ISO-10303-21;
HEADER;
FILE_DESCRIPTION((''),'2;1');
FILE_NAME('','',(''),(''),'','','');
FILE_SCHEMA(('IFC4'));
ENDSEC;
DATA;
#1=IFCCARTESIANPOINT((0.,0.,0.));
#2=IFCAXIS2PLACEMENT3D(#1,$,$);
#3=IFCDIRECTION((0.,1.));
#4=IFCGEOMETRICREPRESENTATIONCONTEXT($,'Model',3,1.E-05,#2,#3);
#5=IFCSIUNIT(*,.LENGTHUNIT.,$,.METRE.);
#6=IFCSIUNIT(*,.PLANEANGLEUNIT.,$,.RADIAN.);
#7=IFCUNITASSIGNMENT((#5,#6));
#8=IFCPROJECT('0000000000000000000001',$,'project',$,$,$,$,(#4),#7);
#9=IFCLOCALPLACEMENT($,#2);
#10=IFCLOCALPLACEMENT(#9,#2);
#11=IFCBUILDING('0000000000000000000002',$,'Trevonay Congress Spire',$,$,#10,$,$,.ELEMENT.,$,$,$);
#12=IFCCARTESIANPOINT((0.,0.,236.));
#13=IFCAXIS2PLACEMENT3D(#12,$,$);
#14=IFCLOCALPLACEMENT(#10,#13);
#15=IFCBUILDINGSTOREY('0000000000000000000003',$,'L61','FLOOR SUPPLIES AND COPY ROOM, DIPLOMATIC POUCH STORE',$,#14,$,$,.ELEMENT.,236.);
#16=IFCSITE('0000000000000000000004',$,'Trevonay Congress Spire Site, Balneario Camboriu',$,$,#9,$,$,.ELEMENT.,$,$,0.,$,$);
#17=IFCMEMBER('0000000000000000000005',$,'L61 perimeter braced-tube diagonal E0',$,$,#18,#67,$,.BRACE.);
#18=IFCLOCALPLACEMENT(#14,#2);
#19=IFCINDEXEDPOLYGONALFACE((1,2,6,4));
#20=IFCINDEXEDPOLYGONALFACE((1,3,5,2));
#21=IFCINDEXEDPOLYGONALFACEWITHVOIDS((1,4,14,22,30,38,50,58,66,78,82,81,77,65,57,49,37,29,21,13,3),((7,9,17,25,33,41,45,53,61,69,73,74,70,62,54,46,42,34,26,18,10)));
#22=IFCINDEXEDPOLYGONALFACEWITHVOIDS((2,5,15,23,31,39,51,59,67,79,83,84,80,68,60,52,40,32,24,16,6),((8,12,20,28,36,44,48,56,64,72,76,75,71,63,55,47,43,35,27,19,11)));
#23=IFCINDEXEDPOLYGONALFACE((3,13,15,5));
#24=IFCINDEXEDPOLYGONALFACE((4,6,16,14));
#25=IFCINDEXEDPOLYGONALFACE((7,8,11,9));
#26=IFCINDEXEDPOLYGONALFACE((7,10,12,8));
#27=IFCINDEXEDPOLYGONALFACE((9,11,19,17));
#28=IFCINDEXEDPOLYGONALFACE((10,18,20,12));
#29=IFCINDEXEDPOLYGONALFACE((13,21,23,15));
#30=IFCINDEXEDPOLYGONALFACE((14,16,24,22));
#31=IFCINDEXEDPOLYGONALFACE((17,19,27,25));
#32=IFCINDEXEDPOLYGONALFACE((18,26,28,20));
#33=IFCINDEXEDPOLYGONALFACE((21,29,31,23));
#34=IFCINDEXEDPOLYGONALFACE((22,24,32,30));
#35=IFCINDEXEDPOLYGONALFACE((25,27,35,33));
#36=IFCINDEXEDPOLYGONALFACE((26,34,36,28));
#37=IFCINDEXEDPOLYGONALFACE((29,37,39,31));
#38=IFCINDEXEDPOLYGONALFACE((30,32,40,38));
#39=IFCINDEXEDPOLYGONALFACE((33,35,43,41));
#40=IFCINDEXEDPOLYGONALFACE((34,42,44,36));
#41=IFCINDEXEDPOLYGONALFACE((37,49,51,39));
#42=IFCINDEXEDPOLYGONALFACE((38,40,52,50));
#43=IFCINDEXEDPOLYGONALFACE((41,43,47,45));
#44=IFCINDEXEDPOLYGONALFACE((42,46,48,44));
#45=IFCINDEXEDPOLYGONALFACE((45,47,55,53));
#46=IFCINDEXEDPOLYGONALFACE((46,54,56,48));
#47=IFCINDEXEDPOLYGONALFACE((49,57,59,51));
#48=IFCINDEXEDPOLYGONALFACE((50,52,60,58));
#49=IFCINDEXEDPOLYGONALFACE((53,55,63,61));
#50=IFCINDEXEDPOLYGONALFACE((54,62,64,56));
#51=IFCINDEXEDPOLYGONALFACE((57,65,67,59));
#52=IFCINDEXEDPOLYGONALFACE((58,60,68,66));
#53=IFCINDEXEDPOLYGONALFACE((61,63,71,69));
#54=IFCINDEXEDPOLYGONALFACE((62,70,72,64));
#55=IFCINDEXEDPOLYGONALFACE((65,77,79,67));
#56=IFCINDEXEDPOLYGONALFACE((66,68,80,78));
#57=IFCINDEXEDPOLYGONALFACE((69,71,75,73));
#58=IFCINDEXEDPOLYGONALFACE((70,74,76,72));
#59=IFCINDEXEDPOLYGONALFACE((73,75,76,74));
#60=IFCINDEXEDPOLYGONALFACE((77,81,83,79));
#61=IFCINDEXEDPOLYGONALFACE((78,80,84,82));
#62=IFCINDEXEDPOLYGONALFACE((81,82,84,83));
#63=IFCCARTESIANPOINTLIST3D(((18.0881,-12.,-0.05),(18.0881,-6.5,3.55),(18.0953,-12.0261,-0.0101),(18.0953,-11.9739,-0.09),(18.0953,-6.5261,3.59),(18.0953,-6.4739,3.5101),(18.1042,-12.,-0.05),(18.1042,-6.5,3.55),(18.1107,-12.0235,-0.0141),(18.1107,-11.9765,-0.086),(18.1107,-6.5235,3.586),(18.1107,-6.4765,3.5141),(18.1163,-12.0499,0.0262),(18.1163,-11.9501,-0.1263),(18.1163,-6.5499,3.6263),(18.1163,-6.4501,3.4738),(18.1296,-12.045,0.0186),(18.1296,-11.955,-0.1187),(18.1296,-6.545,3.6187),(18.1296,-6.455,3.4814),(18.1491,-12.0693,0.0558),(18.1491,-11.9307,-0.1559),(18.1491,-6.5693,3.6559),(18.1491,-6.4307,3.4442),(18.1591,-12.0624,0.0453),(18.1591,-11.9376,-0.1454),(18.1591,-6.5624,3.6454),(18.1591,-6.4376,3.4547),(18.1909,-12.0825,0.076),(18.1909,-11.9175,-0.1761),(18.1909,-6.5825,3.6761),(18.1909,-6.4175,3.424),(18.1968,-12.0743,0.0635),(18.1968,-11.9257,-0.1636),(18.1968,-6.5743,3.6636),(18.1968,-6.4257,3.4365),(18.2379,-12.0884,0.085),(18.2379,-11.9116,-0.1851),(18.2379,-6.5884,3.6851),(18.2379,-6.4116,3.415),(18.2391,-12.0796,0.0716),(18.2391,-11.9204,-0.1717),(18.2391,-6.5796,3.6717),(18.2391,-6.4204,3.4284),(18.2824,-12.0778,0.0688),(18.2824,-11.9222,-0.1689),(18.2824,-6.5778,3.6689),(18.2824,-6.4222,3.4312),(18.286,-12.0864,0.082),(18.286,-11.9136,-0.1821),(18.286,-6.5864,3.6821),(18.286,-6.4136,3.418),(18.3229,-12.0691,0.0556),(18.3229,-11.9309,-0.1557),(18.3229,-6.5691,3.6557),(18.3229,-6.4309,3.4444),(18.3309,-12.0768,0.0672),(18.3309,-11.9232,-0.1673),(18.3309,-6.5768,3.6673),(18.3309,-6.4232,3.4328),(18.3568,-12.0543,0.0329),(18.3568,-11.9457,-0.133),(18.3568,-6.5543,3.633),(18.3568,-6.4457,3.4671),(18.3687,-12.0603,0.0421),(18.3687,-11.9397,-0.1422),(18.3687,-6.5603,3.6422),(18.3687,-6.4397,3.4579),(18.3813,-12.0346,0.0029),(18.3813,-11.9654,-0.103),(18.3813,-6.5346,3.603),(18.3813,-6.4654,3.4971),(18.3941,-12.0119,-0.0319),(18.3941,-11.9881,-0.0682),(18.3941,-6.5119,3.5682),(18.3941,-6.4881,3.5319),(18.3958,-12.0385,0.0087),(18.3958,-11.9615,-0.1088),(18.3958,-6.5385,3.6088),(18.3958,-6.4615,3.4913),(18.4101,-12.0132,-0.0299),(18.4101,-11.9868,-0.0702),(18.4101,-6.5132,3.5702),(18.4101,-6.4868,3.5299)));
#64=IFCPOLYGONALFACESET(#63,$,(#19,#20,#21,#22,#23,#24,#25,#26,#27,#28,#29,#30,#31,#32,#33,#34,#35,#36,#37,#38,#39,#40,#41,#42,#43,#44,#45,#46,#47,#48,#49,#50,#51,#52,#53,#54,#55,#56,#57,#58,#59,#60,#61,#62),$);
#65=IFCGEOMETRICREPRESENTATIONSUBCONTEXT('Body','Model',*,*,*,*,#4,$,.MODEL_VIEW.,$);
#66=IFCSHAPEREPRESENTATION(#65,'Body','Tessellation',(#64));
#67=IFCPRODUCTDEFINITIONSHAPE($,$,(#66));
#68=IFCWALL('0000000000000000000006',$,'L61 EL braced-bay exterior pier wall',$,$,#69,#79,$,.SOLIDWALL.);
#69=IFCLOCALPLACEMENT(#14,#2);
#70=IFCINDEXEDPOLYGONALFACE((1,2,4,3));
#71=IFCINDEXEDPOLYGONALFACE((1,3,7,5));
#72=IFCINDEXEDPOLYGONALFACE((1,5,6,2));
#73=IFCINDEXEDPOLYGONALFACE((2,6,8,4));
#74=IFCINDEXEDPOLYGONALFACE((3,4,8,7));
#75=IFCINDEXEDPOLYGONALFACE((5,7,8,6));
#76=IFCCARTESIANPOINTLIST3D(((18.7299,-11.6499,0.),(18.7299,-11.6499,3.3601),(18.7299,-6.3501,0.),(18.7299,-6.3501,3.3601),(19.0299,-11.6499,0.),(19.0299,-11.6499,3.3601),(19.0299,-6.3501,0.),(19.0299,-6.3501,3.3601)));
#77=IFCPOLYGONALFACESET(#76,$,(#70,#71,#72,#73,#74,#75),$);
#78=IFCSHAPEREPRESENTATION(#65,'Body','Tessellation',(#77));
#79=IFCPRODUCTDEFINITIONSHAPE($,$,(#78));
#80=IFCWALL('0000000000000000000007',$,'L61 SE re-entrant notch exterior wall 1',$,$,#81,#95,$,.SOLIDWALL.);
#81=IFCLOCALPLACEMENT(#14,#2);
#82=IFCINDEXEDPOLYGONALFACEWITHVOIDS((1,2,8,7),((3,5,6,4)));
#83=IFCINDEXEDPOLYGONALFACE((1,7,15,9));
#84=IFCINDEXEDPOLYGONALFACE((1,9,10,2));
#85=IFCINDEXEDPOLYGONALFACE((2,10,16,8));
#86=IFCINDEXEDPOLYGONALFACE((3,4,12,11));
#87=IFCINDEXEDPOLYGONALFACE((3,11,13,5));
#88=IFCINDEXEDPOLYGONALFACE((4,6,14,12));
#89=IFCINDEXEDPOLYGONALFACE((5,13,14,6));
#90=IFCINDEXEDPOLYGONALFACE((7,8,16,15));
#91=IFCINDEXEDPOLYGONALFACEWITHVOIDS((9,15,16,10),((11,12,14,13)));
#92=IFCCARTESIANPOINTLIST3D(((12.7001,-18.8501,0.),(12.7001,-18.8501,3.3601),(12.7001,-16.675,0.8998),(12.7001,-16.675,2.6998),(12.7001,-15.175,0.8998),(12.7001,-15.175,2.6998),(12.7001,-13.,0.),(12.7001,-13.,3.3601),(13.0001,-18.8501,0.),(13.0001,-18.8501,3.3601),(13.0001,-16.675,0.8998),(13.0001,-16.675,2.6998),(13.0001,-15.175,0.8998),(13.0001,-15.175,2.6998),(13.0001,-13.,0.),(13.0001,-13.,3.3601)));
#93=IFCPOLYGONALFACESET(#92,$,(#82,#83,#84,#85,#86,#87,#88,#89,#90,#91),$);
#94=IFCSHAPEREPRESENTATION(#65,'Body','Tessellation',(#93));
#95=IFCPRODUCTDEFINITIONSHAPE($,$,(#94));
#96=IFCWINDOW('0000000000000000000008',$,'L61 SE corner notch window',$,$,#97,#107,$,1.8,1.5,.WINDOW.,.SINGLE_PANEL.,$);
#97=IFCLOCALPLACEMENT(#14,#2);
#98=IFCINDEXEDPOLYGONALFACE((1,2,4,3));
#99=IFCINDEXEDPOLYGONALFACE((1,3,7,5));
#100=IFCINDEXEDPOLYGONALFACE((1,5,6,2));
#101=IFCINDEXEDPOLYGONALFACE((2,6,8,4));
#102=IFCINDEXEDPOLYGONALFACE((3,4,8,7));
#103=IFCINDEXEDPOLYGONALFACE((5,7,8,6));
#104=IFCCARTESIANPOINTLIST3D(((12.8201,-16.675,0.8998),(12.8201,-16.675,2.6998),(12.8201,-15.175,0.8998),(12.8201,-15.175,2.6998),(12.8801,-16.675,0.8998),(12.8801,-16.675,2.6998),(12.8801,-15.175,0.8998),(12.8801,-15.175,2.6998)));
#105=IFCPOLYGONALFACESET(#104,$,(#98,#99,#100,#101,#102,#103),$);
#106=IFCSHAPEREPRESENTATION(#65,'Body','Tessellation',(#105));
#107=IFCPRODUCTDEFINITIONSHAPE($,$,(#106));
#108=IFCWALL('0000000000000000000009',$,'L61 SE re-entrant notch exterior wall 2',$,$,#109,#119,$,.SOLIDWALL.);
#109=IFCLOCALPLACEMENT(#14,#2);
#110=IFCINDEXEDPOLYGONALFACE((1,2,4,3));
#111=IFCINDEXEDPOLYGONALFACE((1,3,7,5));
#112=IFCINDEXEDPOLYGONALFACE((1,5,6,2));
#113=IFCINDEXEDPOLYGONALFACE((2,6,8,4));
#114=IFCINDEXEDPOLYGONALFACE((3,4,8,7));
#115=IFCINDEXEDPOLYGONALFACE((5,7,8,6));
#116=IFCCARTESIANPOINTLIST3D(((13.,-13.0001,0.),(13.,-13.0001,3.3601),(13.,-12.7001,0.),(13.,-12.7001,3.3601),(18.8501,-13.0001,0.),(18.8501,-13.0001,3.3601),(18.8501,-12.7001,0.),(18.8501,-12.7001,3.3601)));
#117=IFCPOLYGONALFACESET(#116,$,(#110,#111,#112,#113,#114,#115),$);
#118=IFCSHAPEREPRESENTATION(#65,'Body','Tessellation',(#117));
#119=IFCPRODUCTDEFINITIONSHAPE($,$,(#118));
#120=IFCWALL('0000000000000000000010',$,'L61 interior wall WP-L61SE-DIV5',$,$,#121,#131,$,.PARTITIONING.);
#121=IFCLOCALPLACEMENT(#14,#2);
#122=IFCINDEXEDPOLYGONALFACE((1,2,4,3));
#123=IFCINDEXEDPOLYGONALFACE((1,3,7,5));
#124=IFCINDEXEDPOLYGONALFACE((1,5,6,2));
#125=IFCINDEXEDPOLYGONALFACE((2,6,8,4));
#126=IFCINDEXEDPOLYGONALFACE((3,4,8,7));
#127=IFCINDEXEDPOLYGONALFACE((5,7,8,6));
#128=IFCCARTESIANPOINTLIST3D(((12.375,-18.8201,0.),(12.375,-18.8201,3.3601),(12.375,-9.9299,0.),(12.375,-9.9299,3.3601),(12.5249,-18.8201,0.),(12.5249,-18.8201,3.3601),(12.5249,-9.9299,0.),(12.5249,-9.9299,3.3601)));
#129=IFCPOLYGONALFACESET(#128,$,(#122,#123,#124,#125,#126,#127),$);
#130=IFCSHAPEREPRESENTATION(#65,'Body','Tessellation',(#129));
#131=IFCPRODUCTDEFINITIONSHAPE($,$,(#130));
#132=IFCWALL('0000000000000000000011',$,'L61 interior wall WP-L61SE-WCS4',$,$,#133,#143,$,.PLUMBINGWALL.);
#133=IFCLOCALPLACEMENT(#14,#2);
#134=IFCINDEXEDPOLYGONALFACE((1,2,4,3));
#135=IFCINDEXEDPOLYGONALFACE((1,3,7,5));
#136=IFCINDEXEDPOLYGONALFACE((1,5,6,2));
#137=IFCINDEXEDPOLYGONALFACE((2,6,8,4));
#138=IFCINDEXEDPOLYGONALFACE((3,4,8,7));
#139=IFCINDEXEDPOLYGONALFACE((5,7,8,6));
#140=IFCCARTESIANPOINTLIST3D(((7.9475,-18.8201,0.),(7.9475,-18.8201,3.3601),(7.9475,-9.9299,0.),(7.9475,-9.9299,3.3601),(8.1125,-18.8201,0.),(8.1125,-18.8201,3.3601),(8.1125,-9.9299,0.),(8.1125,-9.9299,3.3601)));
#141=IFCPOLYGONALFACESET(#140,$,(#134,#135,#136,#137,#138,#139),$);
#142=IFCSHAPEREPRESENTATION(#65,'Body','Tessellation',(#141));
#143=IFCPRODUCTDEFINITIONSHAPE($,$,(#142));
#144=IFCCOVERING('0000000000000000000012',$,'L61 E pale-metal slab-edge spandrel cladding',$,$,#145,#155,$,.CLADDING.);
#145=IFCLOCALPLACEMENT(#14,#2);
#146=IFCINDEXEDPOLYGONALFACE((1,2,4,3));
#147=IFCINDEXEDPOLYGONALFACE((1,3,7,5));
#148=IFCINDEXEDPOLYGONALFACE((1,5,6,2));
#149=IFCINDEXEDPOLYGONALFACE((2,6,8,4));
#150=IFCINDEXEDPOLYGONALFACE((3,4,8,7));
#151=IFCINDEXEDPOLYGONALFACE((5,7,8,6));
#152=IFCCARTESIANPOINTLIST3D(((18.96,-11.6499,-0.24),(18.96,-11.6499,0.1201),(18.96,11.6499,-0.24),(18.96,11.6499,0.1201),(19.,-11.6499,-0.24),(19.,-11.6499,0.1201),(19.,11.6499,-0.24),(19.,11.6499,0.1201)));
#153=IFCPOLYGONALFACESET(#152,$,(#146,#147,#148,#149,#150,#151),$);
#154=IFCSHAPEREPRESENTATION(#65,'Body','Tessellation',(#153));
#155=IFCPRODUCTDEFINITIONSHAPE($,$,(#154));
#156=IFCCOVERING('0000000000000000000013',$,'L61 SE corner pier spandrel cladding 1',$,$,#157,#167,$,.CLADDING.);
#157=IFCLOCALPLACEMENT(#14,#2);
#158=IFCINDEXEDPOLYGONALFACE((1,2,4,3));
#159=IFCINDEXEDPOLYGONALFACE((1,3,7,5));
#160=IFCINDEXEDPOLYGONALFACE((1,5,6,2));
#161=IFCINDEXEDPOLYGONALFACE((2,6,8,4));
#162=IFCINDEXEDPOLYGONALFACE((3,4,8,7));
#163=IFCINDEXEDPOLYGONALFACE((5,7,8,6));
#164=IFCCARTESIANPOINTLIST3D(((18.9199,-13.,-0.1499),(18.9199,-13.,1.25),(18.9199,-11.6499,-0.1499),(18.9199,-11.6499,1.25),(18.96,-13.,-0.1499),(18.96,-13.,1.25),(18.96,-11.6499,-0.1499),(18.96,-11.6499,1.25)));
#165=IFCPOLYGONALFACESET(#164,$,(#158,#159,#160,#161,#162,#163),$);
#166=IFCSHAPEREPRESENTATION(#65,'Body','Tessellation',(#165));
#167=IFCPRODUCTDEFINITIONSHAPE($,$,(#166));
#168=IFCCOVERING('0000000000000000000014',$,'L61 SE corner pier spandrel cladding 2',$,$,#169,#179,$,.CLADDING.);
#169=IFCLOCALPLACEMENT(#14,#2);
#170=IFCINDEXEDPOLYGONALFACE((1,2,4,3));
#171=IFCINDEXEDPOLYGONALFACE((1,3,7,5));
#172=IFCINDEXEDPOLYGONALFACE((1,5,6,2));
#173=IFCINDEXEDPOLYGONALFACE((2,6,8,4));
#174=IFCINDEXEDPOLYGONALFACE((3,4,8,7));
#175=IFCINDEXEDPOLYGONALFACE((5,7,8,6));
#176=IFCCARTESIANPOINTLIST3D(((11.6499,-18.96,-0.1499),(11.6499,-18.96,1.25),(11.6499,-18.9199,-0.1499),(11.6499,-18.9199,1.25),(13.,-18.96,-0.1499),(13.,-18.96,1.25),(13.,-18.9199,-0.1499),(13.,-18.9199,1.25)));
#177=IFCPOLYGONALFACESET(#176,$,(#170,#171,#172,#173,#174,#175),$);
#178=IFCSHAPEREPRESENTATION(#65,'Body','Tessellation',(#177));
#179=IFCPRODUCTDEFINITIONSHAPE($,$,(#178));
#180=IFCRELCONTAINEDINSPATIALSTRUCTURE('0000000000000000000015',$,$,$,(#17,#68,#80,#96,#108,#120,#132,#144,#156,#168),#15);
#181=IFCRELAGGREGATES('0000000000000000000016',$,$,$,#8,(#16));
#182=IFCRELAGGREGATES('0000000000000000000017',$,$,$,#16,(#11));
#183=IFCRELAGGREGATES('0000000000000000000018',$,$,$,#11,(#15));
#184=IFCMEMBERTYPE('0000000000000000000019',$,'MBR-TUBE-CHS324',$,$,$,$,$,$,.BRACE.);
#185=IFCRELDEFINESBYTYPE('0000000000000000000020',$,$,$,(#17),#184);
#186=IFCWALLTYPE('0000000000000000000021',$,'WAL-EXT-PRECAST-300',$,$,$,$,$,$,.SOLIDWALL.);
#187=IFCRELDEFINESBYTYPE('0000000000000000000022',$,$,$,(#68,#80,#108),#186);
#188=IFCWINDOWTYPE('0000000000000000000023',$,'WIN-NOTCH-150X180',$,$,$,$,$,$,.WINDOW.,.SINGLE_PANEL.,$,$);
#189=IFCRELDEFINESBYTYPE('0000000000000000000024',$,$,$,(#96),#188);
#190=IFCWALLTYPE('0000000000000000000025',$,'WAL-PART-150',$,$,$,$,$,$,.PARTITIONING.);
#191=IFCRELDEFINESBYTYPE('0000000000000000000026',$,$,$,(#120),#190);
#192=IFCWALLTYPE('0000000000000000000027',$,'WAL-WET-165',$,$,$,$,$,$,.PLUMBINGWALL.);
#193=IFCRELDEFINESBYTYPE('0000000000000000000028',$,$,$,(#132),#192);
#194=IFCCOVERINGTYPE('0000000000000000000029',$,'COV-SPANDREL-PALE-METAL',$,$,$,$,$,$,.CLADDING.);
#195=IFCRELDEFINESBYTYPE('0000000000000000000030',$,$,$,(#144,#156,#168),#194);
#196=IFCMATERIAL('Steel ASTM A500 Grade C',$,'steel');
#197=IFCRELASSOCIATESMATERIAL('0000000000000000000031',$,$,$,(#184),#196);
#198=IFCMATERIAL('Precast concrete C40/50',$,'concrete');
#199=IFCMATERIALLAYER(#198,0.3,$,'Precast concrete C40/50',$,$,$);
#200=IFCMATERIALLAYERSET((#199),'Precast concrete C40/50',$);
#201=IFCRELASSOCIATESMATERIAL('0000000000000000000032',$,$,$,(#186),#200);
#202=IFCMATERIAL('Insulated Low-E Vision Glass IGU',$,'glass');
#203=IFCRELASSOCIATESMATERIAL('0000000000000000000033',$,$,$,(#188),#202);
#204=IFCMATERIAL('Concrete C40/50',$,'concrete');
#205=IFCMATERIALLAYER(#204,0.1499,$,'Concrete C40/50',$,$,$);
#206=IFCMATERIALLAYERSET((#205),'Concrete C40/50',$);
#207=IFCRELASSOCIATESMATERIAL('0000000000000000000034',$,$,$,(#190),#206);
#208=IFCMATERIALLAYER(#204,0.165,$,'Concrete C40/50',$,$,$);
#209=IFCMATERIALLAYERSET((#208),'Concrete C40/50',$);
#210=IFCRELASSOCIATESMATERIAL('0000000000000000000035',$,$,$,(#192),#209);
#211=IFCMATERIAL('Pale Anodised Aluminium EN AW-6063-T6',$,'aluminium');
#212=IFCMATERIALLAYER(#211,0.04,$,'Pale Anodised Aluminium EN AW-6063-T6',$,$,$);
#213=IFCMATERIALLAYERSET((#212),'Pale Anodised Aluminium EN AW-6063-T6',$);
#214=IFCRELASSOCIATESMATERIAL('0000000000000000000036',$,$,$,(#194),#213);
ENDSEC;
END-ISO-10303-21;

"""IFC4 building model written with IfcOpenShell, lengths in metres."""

from ifc_helpers import new_model, si_unit, direction, frame, frame_2d, origin, origin_2d, place, context, subcontext, project, spatial, rectangle, hollow_circle, extrude, material, layer, layer_set, material_profile, profile_set, type_object, element, fill, save


model = new_model("IFC4")

# Units and contexts
model_context = context("Model", 3, precision=1e-05, world=origin(), true_north=direction((0.0, 1.0)))
body_context = subcontext(model_context, "Body", "Model", "MODEL_VIEW")
ifc_project = project(units=[si_unit("LENGTHUNIT", "METRE"), si_unit("PLANEANGLEUNIT", "RADIAN")], contexts=[model_context])

# Site, building, storey
site_placement = place(None, origin())
site = spatial("IfcSite", under=ifc_project, at=site_placement, Name="Trevonay Congress Spire Site, Balneario Camboriu", CompositionType="ELEMENT", RefElevation=0.0)
building_placement = place(site_placement, origin())
building = spatial("IfcBuilding", under=site, at=building_placement, Name="Trevonay Congress Spire", CompositionType="ELEMENT")
storey_placement = place(building_placement, frame((0.0, 0.0, 236.0)))
storey = spatial("IfcBuildingStorey", under=building, at=storey_placement, Name="L61", Description="FLOOR SUPPLIES AND COPY ROOM, DIPLOMATIC POUCH STORE", CompositionType="ELEMENT", Elevation=236.0)

# Member
ifc_material_1 = material(Name="Steel ASTM A500 Grade C", Category="steel")
ifc_material_profile_1 = material_profile(ifc_material_1, hollow_circle(Radius=0.1619, WallThickness=0.0161, at=origin_2d()), Name="CHS 323.9x16")
ifc_profile_set_1 = profile_set([ifc_material_profile_1], Name="Steel ASTM A500 Grade C")
member_type = type_object("IfcMemberType", Name="MBR-TUBE-CHS324", PredefinedType="BRACE", material=ifc_profile_set_1)
for number, where, z_axis, x_axis, name in (
    (1, (18.25, -12.0, -0.05), (0.0, 0.836695, 0.54767), (-1.0, 0.0, 0.0), "L61 perimeter braced-tube diagonal E0"),
):
    element("IfcMember", number, at=place(storey_placement, frame(where, z_axis=z_axis, x_axis=x_axis)), inside=storey, type_object=member_type, Name=name, PredefinedType="BRACE", context=body_context, shape_type="SweptSolid", body=[
        extrude(hollow_circle(Radius=0.1619, WallThickness=0.0161, at=origin_2d()), origin(), (0.0, 0.0, 1.0), 6.5735),
    ])

# Wall
ifc_material_2 = material(Name="Precast concrete C40/50", Category="concrete")
ifc_layer_1 = layer(ifc_material_2, 0.3, Name="Precast concrete C40/50")
ifc_layer_set_1 = layer_set([ifc_layer_1], Name="Precast concrete C40/50")
wall_type_1 = type_object("IfcWallType", Name="WAL-EXT-PRECAST-300", PredefinedType="SOLIDWALL", material=ifc_layer_set_1)
wall_1_placement = place(storey_placement, frame((18.8799, -11.6499, 0.0), z_axis=(0.0, 0.0, 1.0), x_axis=(0.0, 1.0, 0.0)))
element("IfcWall", 2, at=wall_1_placement, inside=storey, type_object=wall_type_1, Name="L61 EL braced-bay exterior pier wall", PredefinedType="SOLIDWALL", context=body_context, shape_type="SweptSolid", body=[
    extrude(rectangle(XDim=5.2998, YDim=0.3, at=frame_2d((2.6499, 0.0))), origin(), (0.0, 0.0, 1.0), 3.3601),
])

# Wall, opening, window
wall_2_placement = place(storey_placement, frame((12.8501, -18.8501, 0.0), z_axis=(0.0, 0.0, 1.0), x_axis=(0.0, 1.0, 0.0)))
wall_2 = element("IfcWall", 3, at=wall_2_placement, inside=storey, type_object=wall_type_1, Name="L61 SE re-entrant notch exterior wall 1", PredefinedType="SOLIDWALL", context=body_context, shape_type="SweptSolid", body=[
    extrude(rectangle(XDim=5.8501, YDim=0.3, at=frame_2d((2.925, 0.0))), origin(), (0.0, 0.0, 1.0), 3.3601),
])
opening_placement = place(wall_2_placement, frame((2.175, 0.0, 0.8999)))
opening = element("IfcOpeningElement", 4, at=opening_placement, cuts=wall_2, PredefinedType="OPENING", context=body_context, shape_type="SweptSolid", body=[
    extrude(rectangle(XDim=1.5, YDim=1.8, at=frame_2d((0.75, 0.8999))), frame((0.0, 0.1602, 0.0), z_axis=(0.0, -1.0, 0.0), x_axis=(1.0, 0.0, 0.0)), (0.0, 0.0, 1.0), 0.3201),
])
ifc_material_3 = material(Name="Insulated Low-E Vision Glass IGU", Category="glass")
window_type = type_object("IfcWindowType", Name="WIN-NOTCH-150X180", PartitioningType="SINGLE_PANEL", PredefinedType="WINDOW", material=ifc_material_3)
window_placement = place(opening_placement, origin())
window = element("IfcWindow", 5, at=window_placement, inside=storey, type_object=window_type, Name="L61 SE corner notch window", OverallHeight=1.8, OverallWidth=1.5, PartitioningType="SINGLE_PANEL", PredefinedType="WINDOW", context=body_context, shape_type="SweptSolid", body=[
    extrude(rectangle(XDim=1.5, YDim=1.8, at=frame_2d((0.75, 0.8999))), frame((0.0, 0.03, 0.0), z_axis=(0.0, -1.0, 0.0), x_axis=(1.0, 0.0, 0.0)), (0.0, 0.0, 1.0), 0.0601),
])
fill(opening, window)

# Walls
wall_3_placement = place(storey_placement, frame((18.8501, -12.8501, 0.0), z_axis=(0.0, 0.0, 1.0), x_axis=(-1.0, 0.0, 0.0)))
element("IfcWall", 6, at=wall_3_placement, inside=storey, type_object=wall_type_1, Name="L61 SE re-entrant notch exterior wall 2", PredefinedType="SOLIDWALL", context=body_context, shape_type="SweptSolid", body=[
    extrude(rectangle(XDim=5.8501, YDim=0.3, at=frame_2d((2.925, 0.0))), origin(), (0.0, 0.0, 1.0), 3.3601),
])
ifc_material_4 = material(Name="Concrete C40/50", Category="concrete")
ifc_layer_2 = layer(ifc_material_4, 0.1499, Name="Concrete C40/50")
ifc_layer_set_2 = layer_set([ifc_layer_2], Name="Concrete C40/50")
wall_type_2 = type_object("IfcWallType", Name="WAL-PART-150", PredefinedType="PARTITIONING", material=ifc_layer_set_2)
wall_4_placement = place(storey_placement, frame((12.45, -18.8201, 0.0), z_axis=(0.0, 0.0, 1.0), x_axis=(0.0, 1.0, 0.0)))
element("IfcWall", 7, at=wall_4_placement, inside=storey, type_object=wall_type_2, Name="L61 interior wall WP-L61SE-DIV5", PredefinedType="PARTITIONING", context=body_context, shape_type="SweptSolid", body=[
    extrude(rectangle(XDim=8.8901, YDim=0.1499, at=frame_2d((4.4451, 0.0))), origin(), (0.0, 0.0, 1.0), 3.3601),
])
ifc_layer_3 = layer(ifc_material_4, 0.165, Name="Concrete C40/50")
ifc_layer_set_3 = layer_set([ifc_layer_3], Name="Concrete C40/50")
wall_type_3 = type_object("IfcWallType", Name="WAL-WET-165", PredefinedType="PLUMBINGWALL", material=ifc_layer_set_3)
wall_5_placement = place(storey_placement, frame((8.03, -18.8201, 0.0), z_axis=(0.0, 0.0, 1.0), x_axis=(0.0, 1.0, 0.0)))
element("IfcWall", 8, at=wall_5_placement, inside=storey, type_object=wall_type_3, Name="L61 interior wall WP-L61SE-WCS4", PredefinedType="PLUMBINGWALL", context=body_context, shape_type="SweptSolid", body=[
    extrude(rectangle(XDim=8.8901, YDim=0.165, at=frame_2d((4.4451, 0.0))), origin(), (0.0, 0.0, 1.0), 3.3601),
])

# Coverings
ifc_material_5 = material(Name="Pale Anodised Aluminium EN AW-6063-T6", Category="aluminium")
ifc_layer_4 = layer(ifc_material_5, 0.04, Name="Pale Anodised Aluminium EN AW-6063-T6")
ifc_layer_set_4 = layer_set([ifc_layer_4], Name="Pale Anodised Aluminium EN AW-6063-T6")
covering_type = type_object("IfcCoveringType", Name="COV-SPANDREL-PALE-METAL", PredefinedType="CLADDING", material=ifc_layer_set_4)
covering_placement = place(storey_placement, frame((18.98, -11.6499, -0.24), z_axis=(0.0, 0.0, 1.0), x_axis=(0.0, 1.0, 0.0)))
element("IfcCovering", 9, at=covering_placement, inside=storey, type_object=covering_type, Name="L61 E pale-metal slab-edge spandrel cladding", PredefinedType="CLADDING", context=body_context, shape_type="SweptSolid", body=[
    extrude(rectangle(XDim=23.2998, YDim=0.04, at=frame_2d((11.6499, 0.0))), origin(), (0.0, 0.0, 1.0), 0.3601),
])
for number, where, z_axis, x_axis, name in (
    (10, (18.9399, -11.6499, -0.1499), (0.0, 0.0, 1.0), (0.0, -1.0, 0.0), "L61 SE corner pier spandrel cladding 1"),
    (11, (11.6499, -18.9399, -0.1499), (0.0, 0.0, 1.0), (1.0, 0.0, 0.0), "L61 SE corner pier spandrel cladding 2"),
):
    element("IfcCovering", number, at=place(storey_placement, frame(where, z_axis=z_axis, x_axis=x_axis)), inside=storey, type_object=covering_type, Name=name, PredefinedType="CLADDING", context=body_context, shape_type="SweptSolid", body=[
        extrude(rectangle(XDim=1.3501, YDim=0.04, at=frame_2d((0.675, 0.0))), origin(), (0.0, 0.0, 1.0), 1.3999),
    ])

save(model, "model.ifc")
